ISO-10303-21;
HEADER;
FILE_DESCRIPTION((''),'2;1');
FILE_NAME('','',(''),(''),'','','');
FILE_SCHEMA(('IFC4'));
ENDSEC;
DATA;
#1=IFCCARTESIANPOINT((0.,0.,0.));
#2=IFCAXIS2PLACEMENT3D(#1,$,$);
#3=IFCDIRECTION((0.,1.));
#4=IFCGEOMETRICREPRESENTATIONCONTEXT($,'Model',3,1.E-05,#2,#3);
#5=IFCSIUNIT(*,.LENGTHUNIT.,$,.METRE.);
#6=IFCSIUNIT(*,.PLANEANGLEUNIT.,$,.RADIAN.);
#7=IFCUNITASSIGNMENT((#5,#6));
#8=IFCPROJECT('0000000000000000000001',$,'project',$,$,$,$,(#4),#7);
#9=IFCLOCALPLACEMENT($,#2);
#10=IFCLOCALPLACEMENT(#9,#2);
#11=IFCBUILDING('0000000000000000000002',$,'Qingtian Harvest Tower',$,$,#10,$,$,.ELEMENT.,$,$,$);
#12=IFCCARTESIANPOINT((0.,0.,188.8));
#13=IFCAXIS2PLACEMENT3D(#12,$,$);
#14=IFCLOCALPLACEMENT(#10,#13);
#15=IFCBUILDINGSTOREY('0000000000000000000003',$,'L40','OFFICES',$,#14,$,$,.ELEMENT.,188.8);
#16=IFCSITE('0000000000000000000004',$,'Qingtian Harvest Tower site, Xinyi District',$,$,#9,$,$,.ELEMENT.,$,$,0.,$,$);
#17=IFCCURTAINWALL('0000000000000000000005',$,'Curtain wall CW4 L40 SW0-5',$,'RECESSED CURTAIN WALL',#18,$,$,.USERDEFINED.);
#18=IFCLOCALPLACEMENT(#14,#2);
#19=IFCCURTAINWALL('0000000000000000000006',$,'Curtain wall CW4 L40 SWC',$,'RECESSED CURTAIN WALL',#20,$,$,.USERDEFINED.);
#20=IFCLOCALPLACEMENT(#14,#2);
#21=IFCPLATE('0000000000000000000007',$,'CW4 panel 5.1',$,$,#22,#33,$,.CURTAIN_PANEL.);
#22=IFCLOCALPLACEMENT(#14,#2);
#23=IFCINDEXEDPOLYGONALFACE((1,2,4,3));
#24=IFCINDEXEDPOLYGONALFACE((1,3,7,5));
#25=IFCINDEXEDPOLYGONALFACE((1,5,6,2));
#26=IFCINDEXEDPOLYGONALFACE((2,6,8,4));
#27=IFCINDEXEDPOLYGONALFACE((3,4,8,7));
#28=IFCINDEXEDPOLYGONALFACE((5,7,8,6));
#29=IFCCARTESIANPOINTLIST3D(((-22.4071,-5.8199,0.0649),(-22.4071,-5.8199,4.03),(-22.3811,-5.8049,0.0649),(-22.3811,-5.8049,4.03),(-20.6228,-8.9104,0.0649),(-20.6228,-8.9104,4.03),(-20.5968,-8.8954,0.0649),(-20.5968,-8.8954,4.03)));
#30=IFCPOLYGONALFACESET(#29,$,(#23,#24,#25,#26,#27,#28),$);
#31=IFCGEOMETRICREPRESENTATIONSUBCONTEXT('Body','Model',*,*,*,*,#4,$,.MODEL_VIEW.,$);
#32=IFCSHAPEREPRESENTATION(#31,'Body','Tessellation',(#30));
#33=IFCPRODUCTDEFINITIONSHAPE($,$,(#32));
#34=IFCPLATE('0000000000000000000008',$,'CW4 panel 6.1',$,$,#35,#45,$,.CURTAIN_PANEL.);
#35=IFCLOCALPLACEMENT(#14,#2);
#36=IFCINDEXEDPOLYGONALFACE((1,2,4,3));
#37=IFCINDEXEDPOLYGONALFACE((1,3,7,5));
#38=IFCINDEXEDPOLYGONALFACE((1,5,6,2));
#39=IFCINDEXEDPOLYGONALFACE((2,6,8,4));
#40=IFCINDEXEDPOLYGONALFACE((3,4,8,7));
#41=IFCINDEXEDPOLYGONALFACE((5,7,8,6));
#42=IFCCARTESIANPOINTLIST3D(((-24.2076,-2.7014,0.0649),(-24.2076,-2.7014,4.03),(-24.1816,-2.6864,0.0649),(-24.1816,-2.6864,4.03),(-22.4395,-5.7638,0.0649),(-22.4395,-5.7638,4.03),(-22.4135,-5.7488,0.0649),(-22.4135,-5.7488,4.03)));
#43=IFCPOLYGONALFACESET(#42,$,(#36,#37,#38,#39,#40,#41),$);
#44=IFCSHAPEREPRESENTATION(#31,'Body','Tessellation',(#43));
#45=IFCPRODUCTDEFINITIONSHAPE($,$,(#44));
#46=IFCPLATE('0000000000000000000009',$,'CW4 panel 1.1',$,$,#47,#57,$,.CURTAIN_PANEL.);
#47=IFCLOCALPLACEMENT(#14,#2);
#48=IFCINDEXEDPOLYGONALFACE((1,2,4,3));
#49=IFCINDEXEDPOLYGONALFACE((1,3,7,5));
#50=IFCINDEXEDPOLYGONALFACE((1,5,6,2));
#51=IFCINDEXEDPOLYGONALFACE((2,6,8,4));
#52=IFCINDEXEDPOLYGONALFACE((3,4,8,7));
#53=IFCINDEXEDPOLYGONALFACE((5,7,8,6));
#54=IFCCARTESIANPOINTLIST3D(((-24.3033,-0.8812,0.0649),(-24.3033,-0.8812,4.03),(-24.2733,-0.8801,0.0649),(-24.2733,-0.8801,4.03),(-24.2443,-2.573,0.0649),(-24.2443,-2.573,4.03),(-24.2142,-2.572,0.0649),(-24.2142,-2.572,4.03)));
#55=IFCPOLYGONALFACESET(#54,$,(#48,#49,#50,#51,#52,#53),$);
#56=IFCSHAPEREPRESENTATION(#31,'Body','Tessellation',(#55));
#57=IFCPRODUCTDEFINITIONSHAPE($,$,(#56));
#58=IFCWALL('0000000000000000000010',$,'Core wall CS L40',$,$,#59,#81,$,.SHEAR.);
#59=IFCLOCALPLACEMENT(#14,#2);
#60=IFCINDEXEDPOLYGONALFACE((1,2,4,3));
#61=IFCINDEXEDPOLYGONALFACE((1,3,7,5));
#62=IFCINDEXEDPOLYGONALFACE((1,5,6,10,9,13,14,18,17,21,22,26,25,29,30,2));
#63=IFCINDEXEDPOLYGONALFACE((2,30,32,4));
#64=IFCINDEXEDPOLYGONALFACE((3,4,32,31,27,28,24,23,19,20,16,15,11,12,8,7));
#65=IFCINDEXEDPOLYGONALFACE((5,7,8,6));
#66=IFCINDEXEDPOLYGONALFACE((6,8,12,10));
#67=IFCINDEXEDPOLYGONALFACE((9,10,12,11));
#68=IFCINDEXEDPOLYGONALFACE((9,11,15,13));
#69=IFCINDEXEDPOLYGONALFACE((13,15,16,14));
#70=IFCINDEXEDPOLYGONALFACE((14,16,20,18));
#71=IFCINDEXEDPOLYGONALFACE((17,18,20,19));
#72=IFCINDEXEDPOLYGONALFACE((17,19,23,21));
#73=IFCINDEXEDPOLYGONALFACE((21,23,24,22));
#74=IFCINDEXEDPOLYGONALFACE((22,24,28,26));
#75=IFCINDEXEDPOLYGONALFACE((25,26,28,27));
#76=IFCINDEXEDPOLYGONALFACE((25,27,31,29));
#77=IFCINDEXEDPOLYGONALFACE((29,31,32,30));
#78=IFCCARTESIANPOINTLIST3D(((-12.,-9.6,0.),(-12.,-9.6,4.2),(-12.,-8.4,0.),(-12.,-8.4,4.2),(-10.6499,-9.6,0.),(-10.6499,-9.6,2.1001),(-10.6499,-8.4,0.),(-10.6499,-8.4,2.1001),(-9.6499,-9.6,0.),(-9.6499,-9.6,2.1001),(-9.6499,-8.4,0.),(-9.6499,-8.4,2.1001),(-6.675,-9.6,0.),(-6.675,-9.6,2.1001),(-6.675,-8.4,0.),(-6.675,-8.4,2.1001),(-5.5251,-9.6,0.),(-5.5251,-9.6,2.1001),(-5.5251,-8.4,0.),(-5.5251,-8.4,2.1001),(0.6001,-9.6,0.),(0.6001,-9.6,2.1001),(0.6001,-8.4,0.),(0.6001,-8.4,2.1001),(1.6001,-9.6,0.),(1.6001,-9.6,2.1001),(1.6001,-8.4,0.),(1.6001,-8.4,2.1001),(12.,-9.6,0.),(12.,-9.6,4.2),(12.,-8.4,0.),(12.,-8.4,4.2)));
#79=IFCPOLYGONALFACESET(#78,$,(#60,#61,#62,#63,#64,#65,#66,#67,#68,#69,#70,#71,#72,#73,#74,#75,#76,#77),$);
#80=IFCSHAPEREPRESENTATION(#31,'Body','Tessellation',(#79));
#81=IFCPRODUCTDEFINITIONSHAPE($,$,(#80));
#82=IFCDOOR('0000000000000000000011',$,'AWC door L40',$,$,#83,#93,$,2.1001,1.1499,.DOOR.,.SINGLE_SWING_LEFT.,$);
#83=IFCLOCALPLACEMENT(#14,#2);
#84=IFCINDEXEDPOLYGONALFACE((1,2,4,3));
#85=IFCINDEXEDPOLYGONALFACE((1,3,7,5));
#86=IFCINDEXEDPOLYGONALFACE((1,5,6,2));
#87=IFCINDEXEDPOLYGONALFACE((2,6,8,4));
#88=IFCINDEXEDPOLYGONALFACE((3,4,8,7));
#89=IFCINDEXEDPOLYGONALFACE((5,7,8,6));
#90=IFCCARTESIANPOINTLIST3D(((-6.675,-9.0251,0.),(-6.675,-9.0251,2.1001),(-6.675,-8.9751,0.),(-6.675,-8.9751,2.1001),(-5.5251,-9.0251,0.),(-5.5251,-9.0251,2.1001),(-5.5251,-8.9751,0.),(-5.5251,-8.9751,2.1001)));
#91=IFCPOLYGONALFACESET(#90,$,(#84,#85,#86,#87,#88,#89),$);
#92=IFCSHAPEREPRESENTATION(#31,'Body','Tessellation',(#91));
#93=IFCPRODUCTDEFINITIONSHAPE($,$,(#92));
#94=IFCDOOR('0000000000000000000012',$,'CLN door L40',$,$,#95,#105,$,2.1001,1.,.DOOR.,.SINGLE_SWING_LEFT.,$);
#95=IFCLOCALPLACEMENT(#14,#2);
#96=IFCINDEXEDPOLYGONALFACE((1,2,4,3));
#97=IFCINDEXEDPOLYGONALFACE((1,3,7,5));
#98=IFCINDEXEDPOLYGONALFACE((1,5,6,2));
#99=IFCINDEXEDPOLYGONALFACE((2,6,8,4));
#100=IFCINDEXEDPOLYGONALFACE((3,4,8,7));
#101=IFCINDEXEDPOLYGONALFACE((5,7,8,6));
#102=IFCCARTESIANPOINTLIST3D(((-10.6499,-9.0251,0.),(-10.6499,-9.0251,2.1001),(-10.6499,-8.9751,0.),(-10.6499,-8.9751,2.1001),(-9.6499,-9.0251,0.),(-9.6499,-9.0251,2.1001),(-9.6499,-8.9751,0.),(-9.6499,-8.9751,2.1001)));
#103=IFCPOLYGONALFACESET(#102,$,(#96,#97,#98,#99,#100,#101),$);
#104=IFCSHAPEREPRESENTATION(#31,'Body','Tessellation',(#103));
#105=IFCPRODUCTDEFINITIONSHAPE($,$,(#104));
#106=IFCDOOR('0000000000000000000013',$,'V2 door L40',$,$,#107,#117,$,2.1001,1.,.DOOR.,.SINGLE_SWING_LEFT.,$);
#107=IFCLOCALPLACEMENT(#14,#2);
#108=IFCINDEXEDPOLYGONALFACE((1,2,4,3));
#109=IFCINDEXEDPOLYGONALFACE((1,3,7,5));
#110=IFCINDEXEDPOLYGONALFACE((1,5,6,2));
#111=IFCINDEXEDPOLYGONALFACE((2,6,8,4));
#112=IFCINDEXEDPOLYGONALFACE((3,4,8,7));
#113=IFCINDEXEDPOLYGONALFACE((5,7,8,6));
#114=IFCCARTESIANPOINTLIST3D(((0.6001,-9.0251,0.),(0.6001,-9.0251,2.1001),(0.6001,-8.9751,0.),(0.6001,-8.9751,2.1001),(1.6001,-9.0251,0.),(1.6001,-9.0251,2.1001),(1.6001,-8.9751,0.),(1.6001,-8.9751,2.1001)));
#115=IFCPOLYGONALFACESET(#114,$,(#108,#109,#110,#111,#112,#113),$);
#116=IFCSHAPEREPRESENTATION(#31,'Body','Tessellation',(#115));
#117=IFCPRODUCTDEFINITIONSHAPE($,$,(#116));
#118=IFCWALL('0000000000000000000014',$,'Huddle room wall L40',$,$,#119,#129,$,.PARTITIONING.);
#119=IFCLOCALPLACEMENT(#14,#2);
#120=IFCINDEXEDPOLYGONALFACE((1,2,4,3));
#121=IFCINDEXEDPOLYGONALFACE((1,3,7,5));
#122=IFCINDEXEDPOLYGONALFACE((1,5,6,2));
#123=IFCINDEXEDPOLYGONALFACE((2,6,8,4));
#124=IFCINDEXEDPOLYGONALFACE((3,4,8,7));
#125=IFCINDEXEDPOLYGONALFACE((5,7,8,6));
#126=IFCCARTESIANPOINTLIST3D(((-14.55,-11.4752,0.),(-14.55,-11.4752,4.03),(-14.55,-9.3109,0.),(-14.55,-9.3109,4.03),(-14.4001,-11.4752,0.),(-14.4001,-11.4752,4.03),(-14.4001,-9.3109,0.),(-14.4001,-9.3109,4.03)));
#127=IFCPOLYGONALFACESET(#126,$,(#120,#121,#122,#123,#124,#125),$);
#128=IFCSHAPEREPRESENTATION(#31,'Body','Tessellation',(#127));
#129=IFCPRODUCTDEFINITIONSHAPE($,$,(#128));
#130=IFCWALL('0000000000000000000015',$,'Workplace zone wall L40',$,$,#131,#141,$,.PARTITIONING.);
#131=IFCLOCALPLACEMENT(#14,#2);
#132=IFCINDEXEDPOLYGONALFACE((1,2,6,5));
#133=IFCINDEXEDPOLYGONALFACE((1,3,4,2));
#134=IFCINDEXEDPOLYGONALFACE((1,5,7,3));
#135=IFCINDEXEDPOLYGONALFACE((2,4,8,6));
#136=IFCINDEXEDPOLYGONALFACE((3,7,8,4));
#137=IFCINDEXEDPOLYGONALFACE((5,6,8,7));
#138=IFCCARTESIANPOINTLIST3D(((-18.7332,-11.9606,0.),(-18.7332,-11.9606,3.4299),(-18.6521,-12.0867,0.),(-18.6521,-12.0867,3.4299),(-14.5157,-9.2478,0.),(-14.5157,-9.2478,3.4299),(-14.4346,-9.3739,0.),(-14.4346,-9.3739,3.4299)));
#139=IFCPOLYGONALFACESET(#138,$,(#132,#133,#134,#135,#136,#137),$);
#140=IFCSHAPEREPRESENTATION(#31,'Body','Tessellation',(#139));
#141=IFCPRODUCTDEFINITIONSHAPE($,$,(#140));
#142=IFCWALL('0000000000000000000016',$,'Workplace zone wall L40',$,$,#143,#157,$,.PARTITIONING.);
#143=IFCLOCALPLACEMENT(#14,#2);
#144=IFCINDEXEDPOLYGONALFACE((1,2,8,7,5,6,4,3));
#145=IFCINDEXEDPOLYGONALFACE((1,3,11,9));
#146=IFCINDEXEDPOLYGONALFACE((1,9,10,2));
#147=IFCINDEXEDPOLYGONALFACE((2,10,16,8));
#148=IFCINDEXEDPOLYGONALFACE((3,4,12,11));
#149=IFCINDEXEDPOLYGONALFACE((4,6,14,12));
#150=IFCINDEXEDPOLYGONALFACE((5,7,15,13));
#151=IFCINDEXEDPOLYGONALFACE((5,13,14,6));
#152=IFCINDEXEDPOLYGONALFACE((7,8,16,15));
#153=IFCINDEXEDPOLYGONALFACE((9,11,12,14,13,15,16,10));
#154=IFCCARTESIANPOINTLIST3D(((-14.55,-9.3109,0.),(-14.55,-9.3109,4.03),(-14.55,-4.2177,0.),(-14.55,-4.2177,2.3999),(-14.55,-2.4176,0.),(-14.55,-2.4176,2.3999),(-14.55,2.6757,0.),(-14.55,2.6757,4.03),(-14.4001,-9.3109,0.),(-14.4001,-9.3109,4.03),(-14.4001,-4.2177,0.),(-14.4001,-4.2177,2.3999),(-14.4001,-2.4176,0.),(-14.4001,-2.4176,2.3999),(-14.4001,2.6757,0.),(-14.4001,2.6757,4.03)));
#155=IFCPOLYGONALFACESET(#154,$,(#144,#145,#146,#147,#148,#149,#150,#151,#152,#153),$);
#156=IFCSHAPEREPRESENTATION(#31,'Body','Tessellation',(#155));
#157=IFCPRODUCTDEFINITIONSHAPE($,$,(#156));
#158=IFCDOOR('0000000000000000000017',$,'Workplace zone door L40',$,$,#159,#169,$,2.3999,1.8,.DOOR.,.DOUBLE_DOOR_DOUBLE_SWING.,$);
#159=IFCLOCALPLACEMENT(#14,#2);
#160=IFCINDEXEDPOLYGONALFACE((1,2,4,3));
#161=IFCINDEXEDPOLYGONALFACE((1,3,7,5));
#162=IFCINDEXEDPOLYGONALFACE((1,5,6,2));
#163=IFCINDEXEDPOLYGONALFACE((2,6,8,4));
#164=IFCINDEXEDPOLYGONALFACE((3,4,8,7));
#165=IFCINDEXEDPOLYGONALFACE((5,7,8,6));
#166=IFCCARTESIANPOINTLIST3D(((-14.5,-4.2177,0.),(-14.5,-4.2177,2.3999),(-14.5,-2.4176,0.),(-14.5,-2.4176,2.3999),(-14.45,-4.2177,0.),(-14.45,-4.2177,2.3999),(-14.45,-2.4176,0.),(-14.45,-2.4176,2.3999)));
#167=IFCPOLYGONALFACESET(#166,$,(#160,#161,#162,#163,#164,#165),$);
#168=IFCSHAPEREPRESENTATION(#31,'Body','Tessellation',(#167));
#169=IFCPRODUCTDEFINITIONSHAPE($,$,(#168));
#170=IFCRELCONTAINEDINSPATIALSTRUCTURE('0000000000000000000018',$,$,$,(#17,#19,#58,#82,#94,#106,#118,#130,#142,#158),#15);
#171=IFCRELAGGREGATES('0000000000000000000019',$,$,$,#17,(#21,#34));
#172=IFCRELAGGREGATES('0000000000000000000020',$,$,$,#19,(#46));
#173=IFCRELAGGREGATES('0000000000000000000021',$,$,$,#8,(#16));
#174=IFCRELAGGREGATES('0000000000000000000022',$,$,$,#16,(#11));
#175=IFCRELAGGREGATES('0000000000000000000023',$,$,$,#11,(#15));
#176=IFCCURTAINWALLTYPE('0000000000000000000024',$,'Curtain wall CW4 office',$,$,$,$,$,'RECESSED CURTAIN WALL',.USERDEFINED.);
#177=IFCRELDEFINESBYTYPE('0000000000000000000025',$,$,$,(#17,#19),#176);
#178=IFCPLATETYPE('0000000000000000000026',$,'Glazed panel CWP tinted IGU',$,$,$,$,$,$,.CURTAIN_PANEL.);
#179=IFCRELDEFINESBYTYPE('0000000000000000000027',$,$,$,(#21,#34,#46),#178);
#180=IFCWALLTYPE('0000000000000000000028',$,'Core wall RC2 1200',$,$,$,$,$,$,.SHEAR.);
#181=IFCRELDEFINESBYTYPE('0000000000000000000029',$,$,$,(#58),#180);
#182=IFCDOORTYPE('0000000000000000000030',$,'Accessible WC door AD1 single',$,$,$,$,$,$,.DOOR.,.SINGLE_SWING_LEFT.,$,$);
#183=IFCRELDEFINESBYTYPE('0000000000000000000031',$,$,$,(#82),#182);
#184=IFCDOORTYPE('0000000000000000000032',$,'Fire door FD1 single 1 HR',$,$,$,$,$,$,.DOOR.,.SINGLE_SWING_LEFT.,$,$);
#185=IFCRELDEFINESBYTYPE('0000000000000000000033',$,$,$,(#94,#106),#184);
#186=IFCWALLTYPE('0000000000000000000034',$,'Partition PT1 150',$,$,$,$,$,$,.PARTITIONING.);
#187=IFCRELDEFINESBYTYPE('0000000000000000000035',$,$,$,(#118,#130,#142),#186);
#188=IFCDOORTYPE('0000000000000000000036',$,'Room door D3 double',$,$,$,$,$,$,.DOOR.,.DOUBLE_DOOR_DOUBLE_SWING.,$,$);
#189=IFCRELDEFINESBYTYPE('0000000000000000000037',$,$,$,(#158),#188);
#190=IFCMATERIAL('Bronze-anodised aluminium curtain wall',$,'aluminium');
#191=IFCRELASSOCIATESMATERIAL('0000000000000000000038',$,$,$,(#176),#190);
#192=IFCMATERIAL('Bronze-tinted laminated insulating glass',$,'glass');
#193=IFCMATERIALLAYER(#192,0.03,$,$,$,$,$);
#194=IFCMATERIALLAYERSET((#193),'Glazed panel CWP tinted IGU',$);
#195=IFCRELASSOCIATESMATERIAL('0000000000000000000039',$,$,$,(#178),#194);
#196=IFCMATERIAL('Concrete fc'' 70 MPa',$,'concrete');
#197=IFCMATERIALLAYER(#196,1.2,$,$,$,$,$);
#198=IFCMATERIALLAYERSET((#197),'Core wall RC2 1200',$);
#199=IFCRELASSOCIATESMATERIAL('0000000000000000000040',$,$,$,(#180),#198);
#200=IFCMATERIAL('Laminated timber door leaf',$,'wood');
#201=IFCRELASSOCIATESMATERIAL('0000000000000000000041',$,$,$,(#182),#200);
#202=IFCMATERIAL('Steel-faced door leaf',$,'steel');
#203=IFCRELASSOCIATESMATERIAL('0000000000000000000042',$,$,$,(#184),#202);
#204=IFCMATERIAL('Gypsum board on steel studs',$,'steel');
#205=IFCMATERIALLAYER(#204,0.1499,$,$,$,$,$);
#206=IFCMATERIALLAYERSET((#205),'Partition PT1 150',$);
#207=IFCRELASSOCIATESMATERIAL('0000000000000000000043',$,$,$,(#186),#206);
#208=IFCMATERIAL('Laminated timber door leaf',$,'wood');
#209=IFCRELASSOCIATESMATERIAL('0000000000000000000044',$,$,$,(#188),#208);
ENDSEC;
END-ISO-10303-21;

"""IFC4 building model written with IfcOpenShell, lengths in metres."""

from ifc_helpers import new_model, si_unit, direction, frame, frame_2d, origin, origin_2d, place, context, subcontext, project, spatial, rectangle, extrude, material, layer, layer_set, type_object, element, fill, aggregate, save


model = new_model("IFC4")

# Units and contexts
model_context = context("Model", 3, precision=1e-05, world=origin(), true_north=direction((0.0, 1.0)))
body_context = subcontext(model_context, "Body", "Model", "MODEL_VIEW")
ifc_project = project(units=[si_unit("LENGTHUNIT", "METRE"), si_unit("PLANEANGLEUNIT", "RADIAN")], contexts=[model_context])

# Site, building, storey
site_placement = place(None, origin())
site = spatial("IfcSite", under=ifc_project, at=site_placement, Name="Qingtian Harvest Tower site, Xinyi District", CompositionType="ELEMENT", RefElevation=0.0)
building_placement = place(site_placement, origin())
building = spatial("IfcBuilding", under=site, at=building_placement, Name="Qingtian Harvest Tower", CompositionType="ELEMENT")
storey_placement = place(building_placement, frame((0.0, 0.0, 188.8)))
storey = spatial("IfcBuildingStorey", under=building, at=storey_placement, Name="L40", Description="OFFICES", CompositionType="ELEMENT", Elevation=188.8)

# Curtain walls
ifc_material_1 = material(Name="Bronze-anodised aluminium curtain wall", Category="aluminium")
curtain_wall_type = type_object("IfcCurtainWallType", Name="Curtain wall CW4 office", ElementType="RECESSED CURTAIN WALL", PredefinedType="USERDEFINED", material=ifc_material_1)
curtain_wall_1_placement = place(storey_placement, origin())
curtain_wall_1 = element("IfcCurtainWall", 1, at=curtain_wall_1_placement, inside=storey, type_object=curtain_wall_type, Name="Curtain wall CW4 L40 SW0-5", ObjectType="RECESSED CURTAIN WALL", PredefinedType="USERDEFINED")
curtain_wall_2_placement = place(storey_placement, origin())
curtain_wall_2 = element("IfcCurtainWall", 2, at=curtain_wall_2_placement, inside=storey, type_object=curtain_wall_type, Name="Curtain wall CW4 L40 SWC", ObjectType="RECESSED CURTAIN WALL", PredefinedType="USERDEFINED")

# Plates
ifc_material_2 = material(Name="Bronze-tinted laminated insulating glass", Category="glass")
ifc_layer_1 = layer(ifc_material_2, 0.03)
ifc_layer_set_1 = layer_set([ifc_layer_1], Name="Glazed panel CWP tinted IGU")
plate_type = type_object("IfcPlateType", Name="Glazed panel CWP tinted IGU", PredefinedType="CURTAIN_PANEL", material=ifc_layer_set_1)
plate_1_placement = place(storey_placement, frame((-21.502, -7.3577, 0.0649), z_axis=(0.0, 0.0, 1.0), x_axis=(-0.5, 0.866025, 0.0)))
plate_1 = element("IfcPlate", 3, at=plate_1_placement, type_object=plate_type, Name="CW4 panel 5.1", PredefinedType="CURTAIN_PANEL", context=body_context, shape_type="SweptSolid", body=[
    extrude(rectangle(XDim=3.5686, YDim=0.03, at=origin_2d()), origin(), (0.0, 0.0, 1.0), 3.9651),
])
plate_2_placement = place(storey_placement, frame((-23.3105, -4.2251, 0.0649), z_axis=(0.0, 0.0, 1.0), x_axis=(-0.5, 0.866025, 0.0)))
plate_2 = element("IfcPlate", 4, at=plate_2_placement, type_object=plate_type, Name="CW4 panel 6.1", PredefinedType="CURTAIN_PANEL", context=body_context, shape_type="SweptSolid", body=[
    extrude(rectangle(XDim=3.5361, YDim=0.03, at=origin_2d()), origin(), (0.0, 0.0, 1.0), 3.9651),
])
aggregate(curtain_wall_1, [plate_1, plate_2])
plate_3_placement = place(storey_placement, frame((-24.2588, -1.7266, 0.0649), z_axis=(0.0, 0.0, 1.0), x_axis=(-0.034899, 0.999391, 0.0)))
plate_3 = element("IfcPlate", 5, at=plate_3_placement, type_object=plate_type, Name="CW4 panel 1.1", PredefinedType="CURTAIN_PANEL", context=body_context, shape_type="SweptSolid", body=[
    extrude(rectangle(XDim=1.6929, YDim=0.03, at=origin_2d()), origin(), (0.0, 0.0, 1.0), 3.9651),
])
aggregate(curtain_wall_2, [plate_3])

# Wall, openings, doors
ifc_material_3 = material(Name="Concrete fc' 70 MPa", Category="concrete")
ifc_layer_2 = layer(ifc_material_3, 1.2)
ifc_layer_set_2 = layer_set([ifc_layer_2], Name="Core wall RC2 1200")
wall_type_1 = type_object("IfcWallType", Name="Core wall RC2 1200", PredefinedType="SHEAR", material=ifc_layer_set_2)
wall_1_placement = place(storey_placement, frame((-12.0, -9.0, 0.0), z_axis=(0.0, 0.0, 1.0), x_axis=(1.0, 0.0, 0.0)))
wall_1 = element("IfcWall", 6, at=wall_1_placement, inside=storey, type_object=wall_type_1, Name="Core wall CS L40", PredefinedType="SHEAR", context=body_context, shape_type="SweptSolid", body=[
    extrude(rectangle(XDim=24.0, YDim=1.2, at=frame_2d((12.0, 0.0))), origin(), (0.0, 0.0, 1.0), 4.2),
])
opening_1_placement = place(wall_1_placement, frame((1.3501, 0.0, 0.0)))
opening_1 = element("IfcOpeningElement", 7, at=opening_1_placement, cuts=wall_1, PredefinedType="OPENING", context=body_context, shape_type="SweptSolid", body=[
    extrude(rectangle(XDim=1.0, YDim=2.1001, at=frame_2d((0.5, 1.05))), frame((0.0, 0.6099, 0.0), z_axis=(0.0, -1.0, 0.0), x_axis=(1.0, 0.0, 0.0)), (0.0, 0.0, 1.0), 1.22),
])
opening_2_placement = place(wall_1_placement, frame((5.325, 0.0, 0.0)))
opening_2 = element("IfcOpeningElement", 8, at=opening_2_placement, cuts=wall_1, PredefinedType="OPENING", context=body_context, shape_type="SweptSolid", body=[
    extrude(rectangle(XDim=1.1499, YDim=2.1001, at=frame_2d((0.575, 1.05))), frame((0.0, 0.6099, 0.0), z_axis=(0.0, -1.0, 0.0), x_axis=(1.0, 0.0, 0.0)), (0.0, 0.0, 1.0), 1.22),
])
opening_3_placement = place(wall_1_placement, frame((12.6001, 0.0, 0.0)))
opening_3 = element("IfcOpeningElement", 9, at=opening_3_placement, cuts=wall_1, PredefinedType="OPENING", context=body_context, shape_type="SweptSolid", body=[
    extrude(rectangle(XDim=1.0, YDim=2.1001, at=frame_2d((0.5, 1.05))), frame((0.0, 0.6099, 0.0), z_axis=(0.0, -1.0, 0.0), x_axis=(1.0, 0.0, 0.0)), (0.0, 0.0, 1.0), 1.22),
])
ifc_material_4 = material(Name="Laminated timber door leaf", Category="wood")
door_type_1 = type_object("IfcDoorType", Name="Accessible WC door AD1 single", OperationType="SINGLE_SWING_LEFT", PredefinedType="DOOR", material=ifc_material_4)
door_1_placement = place(opening_2_placement, origin())
door_1 = element("IfcDoor", 10, at=door_1_placement, inside=storey, type_object=door_type_1, Name="AWC door L40", OperationType="SINGLE_SWING_LEFT", OverallHeight=2.1001, OverallWidth=1.1499, PredefinedType="DOOR", context=body_context, shape_type="SweptSolid", body=[
    extrude(rectangle(XDim=1.1499, YDim=2.1001, at=frame_2d((0.575, 1.05))), frame((0.0, 0.0249, 0.0), z_axis=(0.0, -1.0, 0.0), x_axis=(1.0, 0.0, 0.0)), (0.0, 0.0, 1.0), 0.05),
])
fill(opening_2, door_1)
ifc_material_5 = material(Name="Steel-faced door leaf", Category="steel")
door_type_2 = type_object("IfcDoorType", Name="Fire door FD1 single 1 HR", OperationType="SINGLE_SWING_LEFT", PredefinedType="DOOR", material=ifc_material_5)
door_2_placement = place(opening_1_placement, origin())
door_2 = element("IfcDoor", 11, at=door_2_placement, inside=storey, type_object=door_type_2, Name="CLN door L40", OperationType="SINGLE_SWING_LEFT", OverallHeight=2.1001, OverallWidth=1.0, PredefinedType="DOOR", context=body_context, shape_type="SweptSolid", body=[
    extrude(rectangle(XDim=1.0, YDim=2.1001, at=frame_2d((0.5, 1.05))), frame((0.0, 0.0249, 0.0), z_axis=(0.0, -1.0, 0.0), x_axis=(1.0, 0.0, 0.0)), (0.0, 0.0, 1.0), 0.05),
])
fill(opening_1, door_2)
door_3_placement = place(opening_3_placement, origin())
door_3 = element("IfcDoor", 12, at=door_3_placement, inside=storey, type_object=door_type_2, Name="V2 door L40", OperationType="SINGLE_SWING_LEFT", OverallHeight=2.1001, OverallWidth=1.0, PredefinedType="DOOR", context=body_context, shape_type="SweptSolid", body=[
    extrude(rectangle(XDim=1.0, YDim=2.1001, at=frame_2d((0.5, 1.05))), frame((0.0, 0.0249, 0.0), z_axis=(0.0, -1.0, 0.0), x_axis=(1.0, 0.0, 0.0)), (0.0, 0.0, 1.0), 0.05),
])
fill(opening_3, door_3)

# Walls
ifc_material_6 = material(Name="Gypsum board on steel studs", Category="steel")
ifc_layer_3 = layer(ifc_material_6, 0.1499)
ifc_layer_set_3 = layer_set([ifc_layer_3], Name="Partition PT1 150")
wall_type_2 = type_object("IfcWallType", Name="Partition PT1 150", PredefinedType="PARTITIONING", material=ifc_layer_set_3)
wall_2_placement = place(storey_placement, frame((-14.4751, -11.4751, 0.0), z_axis=(0.0, 0.0, 1.0), x_axis=(0.0, 1.0, 0.0)))
element("IfcWall", 13, at=wall_2_placement, inside=storey, type_object=wall_type_2, Name="Huddle room wall L40", PredefinedType="PARTITIONING", context=body_context, shape_type="SweptSolid", body=[
    extrude(rectangle(XDim=2.1643, YDim=0.1499, at=frame_2d((1.082, 0.0))), origin(), (0.0, 0.0, 1.0), 4.03),
])
wall_3_placement = place(storey_placement, frame((-18.6926, -12.0237, 0.0), z_axis=(0.0, 0.0, 1.0), x_axis=(0.841031, 0.540986, 0.0)))
element("IfcWall", 14, at=wall_3_placement, inside=storey, type_object=wall_type_2, Name="Workplace zone wall L40", PredefinedType="PARTITIONING", context=body_context, shape_type="SweptSolid", body=[
    extrude(rectangle(XDim=5.0146, YDim=0.1499, at=frame_2d((2.5073, 0.0))), origin(), (0.0, 0.0, 1.0), 3.4299),
])

# Wall, opening, door
wall_4_placement = place(storey_placement, frame((-14.4751, -9.3108, 0.0), z_axis=(0.0, 0.0, 1.0), x_axis=(0.0, 1.0, 0.0)))
wall_4 = element("IfcWall", 15, at=wall_4_placement, inside=storey, type_object=wall_type_2, Name="Workplace zone wall L40", PredefinedType="PARTITIONING", context=body_context, shape_type="SweptSolid", body=[
    extrude(rectangle(XDim=11.9866, YDim=0.1499, at=frame_2d((5.9932, 0.0))), origin(), (0.0, 0.0, 1.0), 4.03),
])
opening_4_placement = place(wall_4_placement, frame((5.0933, 0.0, 0.0)))
opening_4 = element("IfcOpeningElement", 16, at=opening_4_placement, cuts=wall_4, PredefinedType="OPENING", context=body_context, shape_type="SweptSolid", body=[
    extrude(rectangle(XDim=1.8, YDim=2.3999, at=frame_2d((0.8999, 1.2))), frame((0.0, 0.085, 0.0), z_axis=(0.0, -1.0, 0.0), x_axis=(1.0, 0.0, 0.0)), (0.0, 0.0, 1.0), 0.1699),
])
ifc_material_7 = material(Name="Laminated timber door leaf", Category="wood")
door_type_3 = type_object("IfcDoorType", Name="Room door D3 double", OperationType="DOUBLE_DOOR_DOUBLE_SWING", PredefinedType="DOOR", material=ifc_material_7)
door_4_placement = place(opening_4_placement, origin())
door_4 = element("IfcDoor", 17, at=door_4_placement, inside=storey, type_object=door_type_3, Name="Workplace zone door L40", OperationType="DOUBLE_DOOR_DOUBLE_SWING", OverallHeight=2.3999, OverallWidth=1.8, PredefinedType="DOOR", context=body_context, shape_type="SweptSolid", body=[
    extrude(rectangle(XDim=1.8, YDim=2.3999, at=frame_2d((0.8999, 1.2))), frame((0.0, 0.0249, 0.0), z_axis=(0.0, -1.0, 0.0), x_axis=(1.0, 0.0, 0.0)), (0.0, 0.0, 1.0), 0.05),
])
fill(opening_4, door_4)

save(model, "model.ifc")
